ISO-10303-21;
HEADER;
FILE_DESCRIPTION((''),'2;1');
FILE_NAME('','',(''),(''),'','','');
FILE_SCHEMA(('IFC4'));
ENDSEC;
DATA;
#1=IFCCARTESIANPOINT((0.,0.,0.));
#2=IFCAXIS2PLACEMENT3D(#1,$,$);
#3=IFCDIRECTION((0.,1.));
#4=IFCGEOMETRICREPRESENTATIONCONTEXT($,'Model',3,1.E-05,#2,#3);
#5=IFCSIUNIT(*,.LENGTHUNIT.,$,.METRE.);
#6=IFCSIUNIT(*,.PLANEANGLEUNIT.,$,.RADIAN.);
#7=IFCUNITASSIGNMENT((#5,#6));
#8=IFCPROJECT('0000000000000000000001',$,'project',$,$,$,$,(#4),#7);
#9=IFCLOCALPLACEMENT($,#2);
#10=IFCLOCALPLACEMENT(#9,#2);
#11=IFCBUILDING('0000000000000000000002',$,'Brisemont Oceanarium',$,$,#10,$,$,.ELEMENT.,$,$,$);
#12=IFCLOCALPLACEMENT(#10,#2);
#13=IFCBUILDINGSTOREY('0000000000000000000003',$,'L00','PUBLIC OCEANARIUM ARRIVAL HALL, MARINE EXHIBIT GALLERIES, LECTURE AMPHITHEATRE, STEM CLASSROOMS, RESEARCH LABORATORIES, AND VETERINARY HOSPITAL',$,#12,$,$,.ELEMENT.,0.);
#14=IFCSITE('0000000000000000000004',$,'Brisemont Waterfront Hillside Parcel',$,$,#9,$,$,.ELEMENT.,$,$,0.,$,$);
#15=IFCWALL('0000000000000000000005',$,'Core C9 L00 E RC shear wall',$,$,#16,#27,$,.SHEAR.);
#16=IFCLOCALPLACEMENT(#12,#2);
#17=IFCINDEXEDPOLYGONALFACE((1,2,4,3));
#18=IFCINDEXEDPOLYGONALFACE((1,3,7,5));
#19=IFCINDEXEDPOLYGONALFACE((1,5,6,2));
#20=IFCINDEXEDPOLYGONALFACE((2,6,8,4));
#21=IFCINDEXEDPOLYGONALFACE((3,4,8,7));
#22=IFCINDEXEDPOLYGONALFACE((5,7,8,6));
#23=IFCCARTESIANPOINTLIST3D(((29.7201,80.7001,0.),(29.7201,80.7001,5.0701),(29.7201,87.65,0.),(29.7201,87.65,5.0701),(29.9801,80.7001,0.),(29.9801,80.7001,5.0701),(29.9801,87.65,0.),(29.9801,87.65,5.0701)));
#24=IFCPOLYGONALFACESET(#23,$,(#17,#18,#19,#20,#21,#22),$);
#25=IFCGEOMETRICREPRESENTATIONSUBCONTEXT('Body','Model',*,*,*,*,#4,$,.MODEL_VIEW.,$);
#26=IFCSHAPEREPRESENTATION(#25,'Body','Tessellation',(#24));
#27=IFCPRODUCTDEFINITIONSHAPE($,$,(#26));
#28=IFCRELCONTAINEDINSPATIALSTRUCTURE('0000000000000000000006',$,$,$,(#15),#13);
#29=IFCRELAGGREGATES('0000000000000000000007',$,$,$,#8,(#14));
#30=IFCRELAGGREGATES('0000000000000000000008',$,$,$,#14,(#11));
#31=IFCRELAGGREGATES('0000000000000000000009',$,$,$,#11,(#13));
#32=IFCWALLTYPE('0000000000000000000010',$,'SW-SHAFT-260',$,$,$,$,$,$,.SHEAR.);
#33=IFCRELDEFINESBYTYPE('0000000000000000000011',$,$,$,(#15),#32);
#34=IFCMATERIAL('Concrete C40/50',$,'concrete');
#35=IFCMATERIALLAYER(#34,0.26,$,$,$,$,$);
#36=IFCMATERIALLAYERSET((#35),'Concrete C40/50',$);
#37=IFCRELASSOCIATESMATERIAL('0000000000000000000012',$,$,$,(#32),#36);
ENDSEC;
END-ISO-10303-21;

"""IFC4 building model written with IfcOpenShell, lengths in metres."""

from ifc_helpers import new_model, si_unit, direction, frame, frame_2d, origin, place, context, subcontext, project, spatial, rectangle, extrude, material, layer, layer_set, type_object, element, save


model = new_model("IFC4")

# Units and contexts
model_context = context("Model", 3, precision=1e-05, world=origin(), true_north=direction((0.0, 1.0)))
body_context = subcontext(model_context, "Body", "Model", "MODEL_VIEW")
ifc_project = project(units=[si_unit("LENGTHUNIT", "METRE"), si_unit("PLANEANGLEUNIT", "RADIAN")], contexts=[model_context])

# Site, building, storey
site_placement = place(None, origin())
site = spatial("IfcSite", under=ifc_project, at=site_placement, Name="Brisemont Waterfront Hillside Parcel", CompositionType="ELEMENT", RefElevation=0.0)
building_placement = place(site_placement, origin())
building = spatial("IfcBuilding", under=site, at=building_placement, Name="Brisemont Oceanarium", CompositionType="ELEMENT")
storey_placement = place(building_placement, origin())
storey = spatial("IfcBuildingStorey", under=building, at=storey_placement, Name="L00", Description="PUBLIC OCEANARIUM ARRIVAL HALL, MARINE EXHIBIT GALLERIES, LECTURE AMPHITHEATRE, STEM CLASSROOMS, RESEARCH LABORATORIES, AND VETERINARY HOSPITAL", CompositionType="ELEMENT", Elevation=0.0)

# Wall
ifc_material_1 = material(Name="Concrete C40/50", Category="concrete")
ifc_layer_1 = layer(ifc_material_1, 0.26)
ifc_layer_set_1 = layer_set([ifc_layer_1], Name="Concrete C40/50")
wall_type_1 = type_object("IfcWallType", Name="SW-SHAFT-260", PredefinedType="SHEAR", material=ifc_layer_set_1)
wall_1_placement = place(storey_placement, frame((29.8501, 80.7, 0.0), z_axis=(0.0, 0.0, 1.0), x_axis=(0.0, 1.0, 0.0)))
element("IfcWall", 1, at=wall_1_placement, inside=storey, type_object=wall_type_1, Name="Core C9 L00 E RC shear wall", PredefinedType="SHEAR", context=body_context, shape_type="SweptSolid", body=[
    extrude(rectangle(XDim=6.95, YDim=0.26, at=frame_2d((3.4751, 0.0))), origin(), (0.0, 0.0, 1.0), 5.0701),
])

save(model, "model.ifc")
